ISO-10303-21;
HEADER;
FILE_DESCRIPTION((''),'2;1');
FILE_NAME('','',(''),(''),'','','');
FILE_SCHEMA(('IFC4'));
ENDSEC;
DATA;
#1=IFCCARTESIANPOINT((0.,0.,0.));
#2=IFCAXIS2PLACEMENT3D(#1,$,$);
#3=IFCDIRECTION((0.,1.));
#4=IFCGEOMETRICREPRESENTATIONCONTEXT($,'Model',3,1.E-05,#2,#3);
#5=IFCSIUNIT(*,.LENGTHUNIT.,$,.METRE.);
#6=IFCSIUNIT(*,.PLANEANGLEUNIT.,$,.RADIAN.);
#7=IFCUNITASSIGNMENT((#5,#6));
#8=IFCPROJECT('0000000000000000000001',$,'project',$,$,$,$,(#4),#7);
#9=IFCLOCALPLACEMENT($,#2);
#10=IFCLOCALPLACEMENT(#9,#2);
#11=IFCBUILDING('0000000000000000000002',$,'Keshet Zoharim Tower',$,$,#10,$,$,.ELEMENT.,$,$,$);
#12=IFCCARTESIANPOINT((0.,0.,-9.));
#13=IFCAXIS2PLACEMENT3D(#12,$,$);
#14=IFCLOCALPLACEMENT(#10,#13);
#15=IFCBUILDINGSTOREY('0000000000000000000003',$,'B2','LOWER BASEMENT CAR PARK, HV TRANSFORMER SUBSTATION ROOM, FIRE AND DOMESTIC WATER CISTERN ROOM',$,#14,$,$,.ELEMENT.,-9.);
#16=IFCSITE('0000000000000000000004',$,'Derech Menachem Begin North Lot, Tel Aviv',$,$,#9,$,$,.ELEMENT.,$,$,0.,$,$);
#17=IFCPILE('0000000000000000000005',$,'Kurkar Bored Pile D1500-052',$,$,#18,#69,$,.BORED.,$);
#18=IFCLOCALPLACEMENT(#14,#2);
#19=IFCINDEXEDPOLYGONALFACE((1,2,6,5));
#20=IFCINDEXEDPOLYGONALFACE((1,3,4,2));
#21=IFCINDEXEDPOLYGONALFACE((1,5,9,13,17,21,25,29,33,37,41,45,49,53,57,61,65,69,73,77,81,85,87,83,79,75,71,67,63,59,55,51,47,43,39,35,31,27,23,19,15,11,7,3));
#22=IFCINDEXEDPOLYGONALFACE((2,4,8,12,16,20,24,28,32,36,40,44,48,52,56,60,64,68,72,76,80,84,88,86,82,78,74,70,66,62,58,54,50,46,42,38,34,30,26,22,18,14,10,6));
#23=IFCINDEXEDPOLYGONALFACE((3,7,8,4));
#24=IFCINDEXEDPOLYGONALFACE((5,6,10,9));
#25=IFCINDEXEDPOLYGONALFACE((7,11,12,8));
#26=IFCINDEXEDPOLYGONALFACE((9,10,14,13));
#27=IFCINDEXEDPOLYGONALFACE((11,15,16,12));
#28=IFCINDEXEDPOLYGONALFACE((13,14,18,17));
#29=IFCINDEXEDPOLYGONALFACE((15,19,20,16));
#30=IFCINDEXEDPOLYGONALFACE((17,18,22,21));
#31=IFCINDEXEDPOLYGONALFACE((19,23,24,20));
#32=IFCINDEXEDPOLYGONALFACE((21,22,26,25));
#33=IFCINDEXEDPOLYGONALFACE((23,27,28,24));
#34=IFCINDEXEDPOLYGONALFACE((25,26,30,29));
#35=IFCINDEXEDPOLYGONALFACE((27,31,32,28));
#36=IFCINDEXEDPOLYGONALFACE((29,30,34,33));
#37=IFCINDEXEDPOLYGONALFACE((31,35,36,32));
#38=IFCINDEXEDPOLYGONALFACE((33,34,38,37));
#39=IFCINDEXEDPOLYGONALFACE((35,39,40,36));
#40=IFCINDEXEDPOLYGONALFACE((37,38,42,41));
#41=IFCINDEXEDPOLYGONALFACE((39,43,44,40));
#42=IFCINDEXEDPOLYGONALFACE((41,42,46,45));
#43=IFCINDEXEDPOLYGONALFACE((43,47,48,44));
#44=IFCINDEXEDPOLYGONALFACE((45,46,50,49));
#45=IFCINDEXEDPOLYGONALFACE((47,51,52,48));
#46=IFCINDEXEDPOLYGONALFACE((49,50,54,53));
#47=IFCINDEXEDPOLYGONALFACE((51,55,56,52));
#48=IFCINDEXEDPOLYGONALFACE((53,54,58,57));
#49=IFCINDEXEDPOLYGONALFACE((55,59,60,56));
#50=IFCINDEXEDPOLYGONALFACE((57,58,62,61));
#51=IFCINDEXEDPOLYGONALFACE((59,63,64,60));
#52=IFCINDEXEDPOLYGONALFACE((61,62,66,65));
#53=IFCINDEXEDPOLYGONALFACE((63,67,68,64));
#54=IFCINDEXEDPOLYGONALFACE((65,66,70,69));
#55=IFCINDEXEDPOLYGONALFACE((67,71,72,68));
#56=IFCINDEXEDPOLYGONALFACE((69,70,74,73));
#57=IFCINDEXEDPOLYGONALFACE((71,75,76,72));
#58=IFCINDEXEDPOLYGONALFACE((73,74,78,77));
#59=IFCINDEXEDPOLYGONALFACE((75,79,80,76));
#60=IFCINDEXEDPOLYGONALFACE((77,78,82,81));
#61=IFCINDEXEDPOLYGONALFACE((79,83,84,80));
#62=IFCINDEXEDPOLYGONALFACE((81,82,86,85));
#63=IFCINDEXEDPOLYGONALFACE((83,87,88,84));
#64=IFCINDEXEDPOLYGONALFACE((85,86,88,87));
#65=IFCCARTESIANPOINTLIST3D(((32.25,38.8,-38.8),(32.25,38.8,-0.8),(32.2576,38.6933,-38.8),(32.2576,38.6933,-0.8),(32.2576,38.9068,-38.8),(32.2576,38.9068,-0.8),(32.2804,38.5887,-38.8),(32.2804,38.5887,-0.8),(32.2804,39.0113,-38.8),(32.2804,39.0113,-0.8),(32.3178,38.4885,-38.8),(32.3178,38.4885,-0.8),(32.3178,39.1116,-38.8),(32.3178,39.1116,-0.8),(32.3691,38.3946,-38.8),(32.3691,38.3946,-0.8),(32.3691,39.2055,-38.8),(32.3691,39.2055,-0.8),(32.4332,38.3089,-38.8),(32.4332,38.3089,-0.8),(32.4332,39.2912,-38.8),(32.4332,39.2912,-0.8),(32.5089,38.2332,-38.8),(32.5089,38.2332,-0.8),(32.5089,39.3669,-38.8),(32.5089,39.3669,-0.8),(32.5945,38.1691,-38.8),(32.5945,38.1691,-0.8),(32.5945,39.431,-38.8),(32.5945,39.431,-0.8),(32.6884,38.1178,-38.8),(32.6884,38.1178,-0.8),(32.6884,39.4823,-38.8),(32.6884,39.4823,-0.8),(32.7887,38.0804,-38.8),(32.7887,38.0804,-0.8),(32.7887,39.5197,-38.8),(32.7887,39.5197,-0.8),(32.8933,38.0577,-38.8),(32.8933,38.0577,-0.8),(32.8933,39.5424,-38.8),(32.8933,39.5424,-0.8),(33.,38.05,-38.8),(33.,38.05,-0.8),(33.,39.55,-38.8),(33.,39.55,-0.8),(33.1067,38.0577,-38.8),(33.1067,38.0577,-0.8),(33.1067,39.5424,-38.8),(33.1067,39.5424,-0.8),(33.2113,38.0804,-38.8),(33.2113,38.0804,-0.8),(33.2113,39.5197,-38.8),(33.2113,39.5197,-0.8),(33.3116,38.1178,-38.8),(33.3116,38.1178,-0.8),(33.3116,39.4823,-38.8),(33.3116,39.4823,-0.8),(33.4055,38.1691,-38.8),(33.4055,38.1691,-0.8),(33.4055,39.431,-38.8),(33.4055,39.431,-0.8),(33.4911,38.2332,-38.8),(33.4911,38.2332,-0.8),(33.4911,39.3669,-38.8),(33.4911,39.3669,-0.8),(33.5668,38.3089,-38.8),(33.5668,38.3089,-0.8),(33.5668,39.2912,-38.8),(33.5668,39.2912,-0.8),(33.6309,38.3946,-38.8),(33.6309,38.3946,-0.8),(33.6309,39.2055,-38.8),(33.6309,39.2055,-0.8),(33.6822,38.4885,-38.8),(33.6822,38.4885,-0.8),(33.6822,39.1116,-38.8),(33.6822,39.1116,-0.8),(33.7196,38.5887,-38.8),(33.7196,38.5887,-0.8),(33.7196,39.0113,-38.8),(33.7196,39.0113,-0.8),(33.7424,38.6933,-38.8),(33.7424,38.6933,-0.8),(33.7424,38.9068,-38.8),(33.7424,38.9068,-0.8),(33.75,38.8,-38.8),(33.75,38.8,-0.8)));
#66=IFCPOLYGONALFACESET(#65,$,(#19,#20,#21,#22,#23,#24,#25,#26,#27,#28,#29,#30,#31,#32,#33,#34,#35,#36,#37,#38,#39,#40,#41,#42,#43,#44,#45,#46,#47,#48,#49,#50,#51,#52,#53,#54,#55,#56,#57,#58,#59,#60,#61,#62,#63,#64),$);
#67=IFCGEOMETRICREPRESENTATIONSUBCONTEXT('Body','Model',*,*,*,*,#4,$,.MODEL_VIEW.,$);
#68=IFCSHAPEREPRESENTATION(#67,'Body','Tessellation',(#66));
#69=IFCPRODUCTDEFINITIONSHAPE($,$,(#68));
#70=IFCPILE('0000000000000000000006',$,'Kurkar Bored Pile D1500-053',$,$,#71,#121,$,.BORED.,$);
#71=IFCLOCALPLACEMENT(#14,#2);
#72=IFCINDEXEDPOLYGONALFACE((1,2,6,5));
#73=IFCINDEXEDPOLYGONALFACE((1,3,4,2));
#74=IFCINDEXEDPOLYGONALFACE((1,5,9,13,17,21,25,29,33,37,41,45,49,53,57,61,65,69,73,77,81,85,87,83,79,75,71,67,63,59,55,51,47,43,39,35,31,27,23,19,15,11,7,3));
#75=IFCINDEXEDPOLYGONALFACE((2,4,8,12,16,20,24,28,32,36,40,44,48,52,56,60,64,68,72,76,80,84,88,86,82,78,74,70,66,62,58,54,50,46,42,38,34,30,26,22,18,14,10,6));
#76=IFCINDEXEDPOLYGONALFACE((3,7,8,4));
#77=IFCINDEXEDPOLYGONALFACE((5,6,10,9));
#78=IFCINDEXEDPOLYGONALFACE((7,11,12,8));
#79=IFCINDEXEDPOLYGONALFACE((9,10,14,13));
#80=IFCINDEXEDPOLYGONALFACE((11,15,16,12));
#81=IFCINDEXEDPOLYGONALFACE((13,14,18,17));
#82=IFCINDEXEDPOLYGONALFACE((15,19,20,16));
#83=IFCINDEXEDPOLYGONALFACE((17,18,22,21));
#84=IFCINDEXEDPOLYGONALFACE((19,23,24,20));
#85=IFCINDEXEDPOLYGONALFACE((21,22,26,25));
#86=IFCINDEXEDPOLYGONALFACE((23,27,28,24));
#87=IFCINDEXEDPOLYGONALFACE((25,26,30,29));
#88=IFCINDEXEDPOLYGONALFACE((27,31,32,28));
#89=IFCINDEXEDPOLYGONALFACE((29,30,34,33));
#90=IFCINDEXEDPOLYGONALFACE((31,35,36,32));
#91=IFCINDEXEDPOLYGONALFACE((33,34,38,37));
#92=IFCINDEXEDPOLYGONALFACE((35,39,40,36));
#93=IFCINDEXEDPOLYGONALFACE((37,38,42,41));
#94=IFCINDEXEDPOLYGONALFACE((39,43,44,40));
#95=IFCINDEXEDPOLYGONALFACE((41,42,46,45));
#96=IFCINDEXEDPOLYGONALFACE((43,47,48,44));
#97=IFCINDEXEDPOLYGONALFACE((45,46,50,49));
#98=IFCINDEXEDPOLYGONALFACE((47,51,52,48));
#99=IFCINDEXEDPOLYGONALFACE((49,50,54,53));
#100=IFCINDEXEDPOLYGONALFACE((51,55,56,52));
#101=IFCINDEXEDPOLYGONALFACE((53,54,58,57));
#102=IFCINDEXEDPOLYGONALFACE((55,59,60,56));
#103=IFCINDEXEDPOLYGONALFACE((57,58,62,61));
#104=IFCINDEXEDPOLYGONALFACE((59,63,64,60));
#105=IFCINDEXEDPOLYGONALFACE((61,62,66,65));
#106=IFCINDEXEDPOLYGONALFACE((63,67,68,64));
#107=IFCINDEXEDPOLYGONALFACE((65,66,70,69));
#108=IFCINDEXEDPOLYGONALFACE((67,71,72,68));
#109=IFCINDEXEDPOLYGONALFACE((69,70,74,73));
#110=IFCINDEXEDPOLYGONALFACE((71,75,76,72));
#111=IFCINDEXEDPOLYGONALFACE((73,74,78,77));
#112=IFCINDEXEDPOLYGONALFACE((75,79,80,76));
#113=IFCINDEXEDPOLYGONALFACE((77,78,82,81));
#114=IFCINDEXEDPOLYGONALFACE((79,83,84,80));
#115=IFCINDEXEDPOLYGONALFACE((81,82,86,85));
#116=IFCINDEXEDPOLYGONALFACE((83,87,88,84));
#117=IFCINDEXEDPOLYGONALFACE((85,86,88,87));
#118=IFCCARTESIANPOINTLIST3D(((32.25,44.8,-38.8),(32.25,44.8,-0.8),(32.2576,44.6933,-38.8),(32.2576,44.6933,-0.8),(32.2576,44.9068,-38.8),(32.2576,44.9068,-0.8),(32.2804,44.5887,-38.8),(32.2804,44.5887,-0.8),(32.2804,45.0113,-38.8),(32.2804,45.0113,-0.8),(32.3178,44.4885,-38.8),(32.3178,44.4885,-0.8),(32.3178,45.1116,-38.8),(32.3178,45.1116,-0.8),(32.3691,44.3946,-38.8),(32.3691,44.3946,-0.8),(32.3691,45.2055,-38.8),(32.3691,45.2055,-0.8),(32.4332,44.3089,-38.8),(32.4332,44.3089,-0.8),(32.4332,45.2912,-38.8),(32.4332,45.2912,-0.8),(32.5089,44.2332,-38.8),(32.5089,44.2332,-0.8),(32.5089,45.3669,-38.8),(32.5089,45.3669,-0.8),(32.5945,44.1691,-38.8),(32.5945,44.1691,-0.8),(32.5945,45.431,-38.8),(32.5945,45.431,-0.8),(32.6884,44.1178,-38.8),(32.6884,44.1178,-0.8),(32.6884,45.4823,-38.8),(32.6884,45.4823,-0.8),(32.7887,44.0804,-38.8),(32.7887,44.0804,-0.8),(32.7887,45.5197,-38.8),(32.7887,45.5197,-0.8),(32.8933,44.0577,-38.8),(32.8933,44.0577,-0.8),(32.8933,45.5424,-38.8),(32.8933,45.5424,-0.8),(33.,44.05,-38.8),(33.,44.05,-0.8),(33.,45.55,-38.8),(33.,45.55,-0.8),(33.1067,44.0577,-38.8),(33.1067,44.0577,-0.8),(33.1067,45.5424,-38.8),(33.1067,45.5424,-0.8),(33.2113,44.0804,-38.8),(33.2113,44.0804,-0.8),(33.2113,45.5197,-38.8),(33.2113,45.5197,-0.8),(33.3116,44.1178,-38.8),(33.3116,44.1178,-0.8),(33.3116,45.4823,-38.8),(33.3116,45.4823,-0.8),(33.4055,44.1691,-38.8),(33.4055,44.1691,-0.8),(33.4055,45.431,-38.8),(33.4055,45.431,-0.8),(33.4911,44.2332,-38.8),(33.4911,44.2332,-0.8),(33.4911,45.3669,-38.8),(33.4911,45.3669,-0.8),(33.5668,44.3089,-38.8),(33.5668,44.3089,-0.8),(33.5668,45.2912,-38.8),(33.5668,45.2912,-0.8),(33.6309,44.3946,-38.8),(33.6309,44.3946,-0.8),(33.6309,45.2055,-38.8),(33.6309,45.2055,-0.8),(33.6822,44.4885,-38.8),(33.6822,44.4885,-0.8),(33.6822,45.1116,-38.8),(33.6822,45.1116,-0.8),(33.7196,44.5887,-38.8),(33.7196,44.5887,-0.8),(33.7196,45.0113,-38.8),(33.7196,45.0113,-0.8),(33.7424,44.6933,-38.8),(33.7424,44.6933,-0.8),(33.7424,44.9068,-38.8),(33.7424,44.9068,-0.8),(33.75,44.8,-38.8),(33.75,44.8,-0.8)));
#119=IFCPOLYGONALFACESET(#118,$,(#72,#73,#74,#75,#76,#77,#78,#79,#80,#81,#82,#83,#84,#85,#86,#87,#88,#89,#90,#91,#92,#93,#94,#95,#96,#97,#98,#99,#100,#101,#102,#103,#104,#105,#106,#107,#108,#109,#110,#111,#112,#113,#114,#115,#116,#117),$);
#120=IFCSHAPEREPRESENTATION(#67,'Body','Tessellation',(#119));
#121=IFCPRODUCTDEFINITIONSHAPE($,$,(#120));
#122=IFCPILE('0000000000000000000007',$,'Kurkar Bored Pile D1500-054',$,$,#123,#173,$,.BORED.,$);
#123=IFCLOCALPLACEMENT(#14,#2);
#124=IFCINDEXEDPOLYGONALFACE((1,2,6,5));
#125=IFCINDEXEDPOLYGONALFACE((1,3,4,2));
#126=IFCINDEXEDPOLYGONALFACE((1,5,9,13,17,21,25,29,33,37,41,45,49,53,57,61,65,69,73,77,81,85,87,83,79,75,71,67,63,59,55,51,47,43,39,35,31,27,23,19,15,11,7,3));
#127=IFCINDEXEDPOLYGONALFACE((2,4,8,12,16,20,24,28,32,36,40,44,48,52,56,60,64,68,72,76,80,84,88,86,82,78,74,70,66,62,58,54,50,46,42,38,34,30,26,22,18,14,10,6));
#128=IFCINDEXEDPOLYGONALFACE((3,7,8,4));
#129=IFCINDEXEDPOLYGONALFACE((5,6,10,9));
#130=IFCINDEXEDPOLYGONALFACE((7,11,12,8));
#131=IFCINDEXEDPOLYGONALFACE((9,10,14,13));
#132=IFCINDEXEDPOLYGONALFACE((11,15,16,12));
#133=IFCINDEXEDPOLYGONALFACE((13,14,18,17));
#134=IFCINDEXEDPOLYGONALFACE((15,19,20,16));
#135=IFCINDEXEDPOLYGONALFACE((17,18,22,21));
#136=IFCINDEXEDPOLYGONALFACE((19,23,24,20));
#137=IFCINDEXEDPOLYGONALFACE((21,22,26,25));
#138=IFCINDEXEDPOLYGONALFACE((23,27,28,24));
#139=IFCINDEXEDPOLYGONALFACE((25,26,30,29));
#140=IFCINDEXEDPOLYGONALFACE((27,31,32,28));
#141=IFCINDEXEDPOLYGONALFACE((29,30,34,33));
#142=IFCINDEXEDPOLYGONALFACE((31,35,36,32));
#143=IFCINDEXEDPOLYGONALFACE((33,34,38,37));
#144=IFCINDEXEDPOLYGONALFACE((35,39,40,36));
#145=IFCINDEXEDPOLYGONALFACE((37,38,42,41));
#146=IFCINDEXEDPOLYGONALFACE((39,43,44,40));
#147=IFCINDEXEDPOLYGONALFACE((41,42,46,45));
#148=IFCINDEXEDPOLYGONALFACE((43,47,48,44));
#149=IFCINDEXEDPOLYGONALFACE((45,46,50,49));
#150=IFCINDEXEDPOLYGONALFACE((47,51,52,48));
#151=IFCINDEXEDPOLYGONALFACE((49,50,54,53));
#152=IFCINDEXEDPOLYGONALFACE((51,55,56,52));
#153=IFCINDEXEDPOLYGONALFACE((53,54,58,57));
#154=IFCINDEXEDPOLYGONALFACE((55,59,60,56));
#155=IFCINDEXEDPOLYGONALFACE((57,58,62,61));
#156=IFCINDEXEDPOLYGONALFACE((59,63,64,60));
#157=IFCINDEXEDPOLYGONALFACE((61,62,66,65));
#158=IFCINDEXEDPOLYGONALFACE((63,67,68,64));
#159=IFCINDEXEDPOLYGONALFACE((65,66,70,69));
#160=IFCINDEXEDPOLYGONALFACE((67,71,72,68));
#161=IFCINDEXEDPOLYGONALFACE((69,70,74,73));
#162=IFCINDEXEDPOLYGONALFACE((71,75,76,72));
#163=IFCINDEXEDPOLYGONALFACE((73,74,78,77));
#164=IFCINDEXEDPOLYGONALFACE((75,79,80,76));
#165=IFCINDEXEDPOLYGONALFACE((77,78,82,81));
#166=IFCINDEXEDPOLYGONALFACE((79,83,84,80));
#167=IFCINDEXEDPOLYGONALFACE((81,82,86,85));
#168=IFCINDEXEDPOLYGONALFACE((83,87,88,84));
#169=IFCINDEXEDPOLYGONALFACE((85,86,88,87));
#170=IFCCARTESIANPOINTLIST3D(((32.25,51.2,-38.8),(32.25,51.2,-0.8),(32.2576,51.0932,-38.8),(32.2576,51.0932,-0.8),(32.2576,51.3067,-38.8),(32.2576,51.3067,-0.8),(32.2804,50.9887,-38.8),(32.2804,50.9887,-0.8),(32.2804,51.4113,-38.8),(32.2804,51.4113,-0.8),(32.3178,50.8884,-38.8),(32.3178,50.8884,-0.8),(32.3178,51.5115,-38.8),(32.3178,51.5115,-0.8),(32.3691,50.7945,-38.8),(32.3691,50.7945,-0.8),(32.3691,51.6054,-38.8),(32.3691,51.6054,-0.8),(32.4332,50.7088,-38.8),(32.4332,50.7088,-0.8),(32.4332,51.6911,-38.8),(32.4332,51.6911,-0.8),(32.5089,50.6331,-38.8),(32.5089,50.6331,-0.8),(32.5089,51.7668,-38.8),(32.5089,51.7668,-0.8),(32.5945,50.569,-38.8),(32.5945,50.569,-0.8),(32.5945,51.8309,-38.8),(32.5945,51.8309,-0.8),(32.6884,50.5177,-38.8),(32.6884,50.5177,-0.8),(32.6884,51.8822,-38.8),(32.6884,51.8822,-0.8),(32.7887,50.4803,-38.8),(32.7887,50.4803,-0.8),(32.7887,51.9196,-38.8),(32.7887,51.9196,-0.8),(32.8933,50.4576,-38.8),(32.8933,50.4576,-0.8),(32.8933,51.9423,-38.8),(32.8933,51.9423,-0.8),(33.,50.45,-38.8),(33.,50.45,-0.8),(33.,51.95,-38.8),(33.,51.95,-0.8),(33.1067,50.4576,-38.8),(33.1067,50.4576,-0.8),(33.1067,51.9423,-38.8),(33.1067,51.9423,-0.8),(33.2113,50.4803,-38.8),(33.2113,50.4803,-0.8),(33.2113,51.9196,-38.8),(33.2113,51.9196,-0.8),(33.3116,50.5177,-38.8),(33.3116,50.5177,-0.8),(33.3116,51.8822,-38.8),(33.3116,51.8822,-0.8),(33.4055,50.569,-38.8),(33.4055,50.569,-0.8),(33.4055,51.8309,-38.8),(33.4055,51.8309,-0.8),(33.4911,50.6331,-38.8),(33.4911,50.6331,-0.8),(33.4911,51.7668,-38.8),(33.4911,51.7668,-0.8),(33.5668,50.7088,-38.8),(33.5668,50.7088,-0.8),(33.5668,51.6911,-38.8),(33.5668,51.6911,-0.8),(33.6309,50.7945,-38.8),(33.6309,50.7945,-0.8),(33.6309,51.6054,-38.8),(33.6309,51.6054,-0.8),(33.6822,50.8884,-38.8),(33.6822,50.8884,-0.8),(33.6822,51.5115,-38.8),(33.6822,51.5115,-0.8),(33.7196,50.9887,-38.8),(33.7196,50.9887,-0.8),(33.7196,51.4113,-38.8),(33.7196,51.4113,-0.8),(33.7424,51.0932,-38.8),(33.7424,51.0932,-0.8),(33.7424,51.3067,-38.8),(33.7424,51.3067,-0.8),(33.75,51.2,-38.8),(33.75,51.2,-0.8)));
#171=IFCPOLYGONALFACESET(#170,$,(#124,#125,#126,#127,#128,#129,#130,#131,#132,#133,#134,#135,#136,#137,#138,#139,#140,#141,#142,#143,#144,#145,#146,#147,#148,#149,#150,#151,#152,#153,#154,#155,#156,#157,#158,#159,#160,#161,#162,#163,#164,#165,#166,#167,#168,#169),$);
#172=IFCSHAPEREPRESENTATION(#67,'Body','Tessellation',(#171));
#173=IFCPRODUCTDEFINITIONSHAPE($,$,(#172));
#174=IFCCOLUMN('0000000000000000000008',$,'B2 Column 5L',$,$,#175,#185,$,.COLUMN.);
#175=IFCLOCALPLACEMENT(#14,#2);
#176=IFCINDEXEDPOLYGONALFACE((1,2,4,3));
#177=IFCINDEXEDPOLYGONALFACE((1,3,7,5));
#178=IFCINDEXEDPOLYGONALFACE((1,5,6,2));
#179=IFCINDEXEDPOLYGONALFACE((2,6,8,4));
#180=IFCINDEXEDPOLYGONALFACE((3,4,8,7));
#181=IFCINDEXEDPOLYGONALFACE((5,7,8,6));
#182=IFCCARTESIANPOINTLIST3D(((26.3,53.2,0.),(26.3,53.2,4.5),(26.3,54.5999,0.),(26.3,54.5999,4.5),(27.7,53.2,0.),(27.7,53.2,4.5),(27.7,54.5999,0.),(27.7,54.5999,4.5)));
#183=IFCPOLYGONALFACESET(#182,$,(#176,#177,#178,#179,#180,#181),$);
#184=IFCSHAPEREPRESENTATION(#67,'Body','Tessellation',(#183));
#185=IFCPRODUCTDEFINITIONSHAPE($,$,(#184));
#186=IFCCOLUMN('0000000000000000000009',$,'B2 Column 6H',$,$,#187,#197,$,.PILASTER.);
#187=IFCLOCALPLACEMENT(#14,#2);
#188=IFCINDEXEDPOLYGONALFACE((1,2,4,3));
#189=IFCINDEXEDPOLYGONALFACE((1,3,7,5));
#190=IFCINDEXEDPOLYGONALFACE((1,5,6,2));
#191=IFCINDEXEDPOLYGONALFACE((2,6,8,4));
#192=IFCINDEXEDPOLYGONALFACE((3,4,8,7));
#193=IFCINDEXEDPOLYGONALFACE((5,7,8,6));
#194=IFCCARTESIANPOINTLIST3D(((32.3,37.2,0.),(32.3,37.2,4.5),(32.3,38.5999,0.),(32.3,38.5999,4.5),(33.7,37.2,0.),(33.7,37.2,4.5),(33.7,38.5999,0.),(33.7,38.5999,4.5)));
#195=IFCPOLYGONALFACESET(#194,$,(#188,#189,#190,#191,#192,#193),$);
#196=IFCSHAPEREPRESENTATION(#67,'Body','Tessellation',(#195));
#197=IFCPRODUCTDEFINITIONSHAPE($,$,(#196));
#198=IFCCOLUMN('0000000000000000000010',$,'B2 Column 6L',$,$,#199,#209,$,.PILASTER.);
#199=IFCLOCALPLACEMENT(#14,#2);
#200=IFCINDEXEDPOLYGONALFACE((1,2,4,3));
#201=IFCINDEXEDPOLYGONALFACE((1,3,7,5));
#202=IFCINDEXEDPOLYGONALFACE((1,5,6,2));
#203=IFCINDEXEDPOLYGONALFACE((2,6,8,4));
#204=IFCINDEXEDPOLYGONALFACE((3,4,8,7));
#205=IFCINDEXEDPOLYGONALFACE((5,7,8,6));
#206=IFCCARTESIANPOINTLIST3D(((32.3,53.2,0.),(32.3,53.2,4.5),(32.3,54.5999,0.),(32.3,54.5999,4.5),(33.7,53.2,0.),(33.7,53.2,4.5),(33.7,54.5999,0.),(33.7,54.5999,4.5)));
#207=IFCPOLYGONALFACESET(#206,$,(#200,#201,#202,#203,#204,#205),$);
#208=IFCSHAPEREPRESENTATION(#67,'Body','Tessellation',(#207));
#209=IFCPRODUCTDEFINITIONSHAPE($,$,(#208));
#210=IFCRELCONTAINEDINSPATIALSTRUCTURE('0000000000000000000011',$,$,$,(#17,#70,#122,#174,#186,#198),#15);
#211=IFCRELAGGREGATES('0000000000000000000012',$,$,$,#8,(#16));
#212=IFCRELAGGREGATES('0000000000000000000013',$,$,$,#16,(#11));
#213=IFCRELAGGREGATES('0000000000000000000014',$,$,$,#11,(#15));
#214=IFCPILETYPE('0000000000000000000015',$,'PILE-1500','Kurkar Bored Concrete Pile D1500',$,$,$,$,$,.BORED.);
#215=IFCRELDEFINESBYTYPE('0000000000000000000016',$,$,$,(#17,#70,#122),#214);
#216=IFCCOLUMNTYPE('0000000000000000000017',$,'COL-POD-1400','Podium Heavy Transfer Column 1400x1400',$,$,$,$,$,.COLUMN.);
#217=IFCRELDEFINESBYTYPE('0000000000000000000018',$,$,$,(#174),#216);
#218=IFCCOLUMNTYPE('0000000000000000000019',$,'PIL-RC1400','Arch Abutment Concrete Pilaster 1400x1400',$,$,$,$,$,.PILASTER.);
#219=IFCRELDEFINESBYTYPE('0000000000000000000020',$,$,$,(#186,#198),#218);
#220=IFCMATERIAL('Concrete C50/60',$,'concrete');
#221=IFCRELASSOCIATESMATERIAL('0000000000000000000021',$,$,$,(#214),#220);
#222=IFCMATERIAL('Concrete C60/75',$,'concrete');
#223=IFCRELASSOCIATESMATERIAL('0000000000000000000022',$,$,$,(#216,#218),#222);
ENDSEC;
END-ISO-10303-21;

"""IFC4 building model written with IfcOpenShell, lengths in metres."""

from ifc_helpers import new_model, si_unit, direction, frame, origin, origin_2d, place, context, subcontext, project, spatial, rectangle, circle, extrude, material, material_profile, profile_set, type_object, element, save


model = new_model("IFC4")

# Units and contexts
model_context = context("Model", 3, precision=1e-05, world=origin(), true_north=direction((0.0, 1.0)))
body_context = subcontext(model_context, "Body", "Model", "MODEL_VIEW")
ifc_project = project(units=[si_unit("LENGTHUNIT", "METRE"), si_unit("PLANEANGLEUNIT", "RADIAN")], contexts=[model_context])

# Site, building, storey
site_placement = place(None, origin())
site = spatial("IfcSite", under=ifc_project, at=site_placement, Name="Derech Menachem Begin North Lot, Tel Aviv", CompositionType="ELEMENT", RefElevation=0.0)
building_placement = place(site_placement, origin())
building = spatial("IfcBuilding", under=site, at=building_placement, Name="Keshet Zoharim Tower", CompositionType="ELEMENT")
storey_placement = place(building_placement, frame((0.0, 0.0, -9.0)))
storey = spatial("IfcBuildingStorey", under=building, at=storey_placement, Name="B2", Description="LOWER BASEMENT CAR PARK, HV TRANSFORMER SUBSTATION ROOM, FIRE AND DOMESTIC WATER CISTERN ROOM", CompositionType="ELEMENT", Elevation=-9.0)

# Piles
ifc_material_1 = material(Name="Concrete C50/60", Category="concrete")
ifc_material_profile_1 = material_profile(ifc_material_1, circle(Radius=0.75, at=origin_2d()), Name="PILE-D1500")
ifc_profile_set_1 = profile_set([ifc_material_profile_1], Name="Concrete C50/60")
pile_type_1 = type_object("IfcPileType", Name="PILE-1500", Description="Kurkar Bored Concrete Pile D1500", PredefinedType="BORED", material=ifc_profile_set_1)
for number, where, z_axis, x_axis, name in (
    (1, (33.0, 38.8, -0.8), (0.0, 0.0, -1.0), (1.0, 0.0, 0.0), "Kurkar Bored Pile D1500-052"),
    (2, (33.0, 44.8, -0.8), (0.0, 0.0, -1.0), (1.0, 0.0, 0.0), "Kurkar Bored Pile D1500-053"),
    (3, (33.0, 51.2, -0.8), (0.0, 0.0, -1.0), (1.0, 0.0, 0.0), "Kurkar Bored Pile D1500-054"),
):
    element("IfcPile", number, at=place(storey_placement, frame(where, z_axis=z_axis, x_axis=x_axis)), inside=storey, type_object=pile_type_1, Name=name, PredefinedType="BORED", context=body_context, shape_type="SweptSolid", body=[
        extrude(circle(Radius=0.75, at=origin_2d()), origin(), (0.0, 0.0, 1.0), 38.0),
    ])

# Columns
ifc_material_2 = material(Name="Concrete C60/75", Category="concrete")
ifc_material_profile_2 = material_profile(ifc_material_2, rectangle(XDim=1.3999, YDim=1.3999, at=origin_2d()), Name="RC1400x1400")
ifc_profile_set_2 = profile_set([ifc_material_profile_2], Name="Concrete C60/75")
column_type_1 = type_object("IfcColumnType", Name="COL-POD-1400", Description="Podium Heavy Transfer Column 1400x1400", PredefinedType="COLUMN", material=ifc_profile_set_2)
column_placement = place(storey_placement, frame((27.0, 53.8999, 0.0), z_axis=(0.0, 0.0, 1.0), x_axis=(1.0, 0.0, 0.0)))
element("IfcColumn", 4, at=column_placement, inside=storey, type_object=column_type_1, Name="B2 Column 5L", PredefinedType="COLUMN", context=body_context, shape_type="SweptSolid", body=[
    extrude(rectangle(XDim=1.3999, YDim=1.3999, at=origin_2d()), origin(), (0.0, 0.0, 1.0), 4.5),
])
ifc_material_profile_3 = material_profile(ifc_material_2, rectangle(XDim=1.3999, YDim=1.3999, at=origin_2d()), Name="RC1400x1400")
ifc_profile_set_3 = profile_set([ifc_material_profile_3], Name="Concrete C60/75")
column_type_2 = type_object("IfcColumnType", Name="PIL-RC1400", Description="Arch Abutment Concrete Pilaster 1400x1400", PredefinedType="PILASTER", material=ifc_profile_set_3)
for number, where, z_axis, x_axis, name in (
    (5, (33.0, 37.8999, 0.0), (0.0, 0.0, 1.0), (1.0, 0.0, 0.0), "B2 Column 6H"),
    (6, (33.0, 53.8999, 0.0), (0.0, 0.0, 1.0), (1.0, 0.0, 0.0), "B2 Column 6L"),
):
    element("IfcColumn", number, at=place(storey_placement, frame(where, z_axis=z_axis, x_axis=x_axis)), inside=storey, type_object=column_type_2, Name=name, PredefinedType="PILASTER", context=body_context, shape_type="SweptSolid", body=[
        extrude(rectangle(XDim=1.3999, YDim=1.3999, at=origin_2d()), origin(), (0.0, 0.0, 1.0), 4.5),
    ])

save(model, "model.ifc")
